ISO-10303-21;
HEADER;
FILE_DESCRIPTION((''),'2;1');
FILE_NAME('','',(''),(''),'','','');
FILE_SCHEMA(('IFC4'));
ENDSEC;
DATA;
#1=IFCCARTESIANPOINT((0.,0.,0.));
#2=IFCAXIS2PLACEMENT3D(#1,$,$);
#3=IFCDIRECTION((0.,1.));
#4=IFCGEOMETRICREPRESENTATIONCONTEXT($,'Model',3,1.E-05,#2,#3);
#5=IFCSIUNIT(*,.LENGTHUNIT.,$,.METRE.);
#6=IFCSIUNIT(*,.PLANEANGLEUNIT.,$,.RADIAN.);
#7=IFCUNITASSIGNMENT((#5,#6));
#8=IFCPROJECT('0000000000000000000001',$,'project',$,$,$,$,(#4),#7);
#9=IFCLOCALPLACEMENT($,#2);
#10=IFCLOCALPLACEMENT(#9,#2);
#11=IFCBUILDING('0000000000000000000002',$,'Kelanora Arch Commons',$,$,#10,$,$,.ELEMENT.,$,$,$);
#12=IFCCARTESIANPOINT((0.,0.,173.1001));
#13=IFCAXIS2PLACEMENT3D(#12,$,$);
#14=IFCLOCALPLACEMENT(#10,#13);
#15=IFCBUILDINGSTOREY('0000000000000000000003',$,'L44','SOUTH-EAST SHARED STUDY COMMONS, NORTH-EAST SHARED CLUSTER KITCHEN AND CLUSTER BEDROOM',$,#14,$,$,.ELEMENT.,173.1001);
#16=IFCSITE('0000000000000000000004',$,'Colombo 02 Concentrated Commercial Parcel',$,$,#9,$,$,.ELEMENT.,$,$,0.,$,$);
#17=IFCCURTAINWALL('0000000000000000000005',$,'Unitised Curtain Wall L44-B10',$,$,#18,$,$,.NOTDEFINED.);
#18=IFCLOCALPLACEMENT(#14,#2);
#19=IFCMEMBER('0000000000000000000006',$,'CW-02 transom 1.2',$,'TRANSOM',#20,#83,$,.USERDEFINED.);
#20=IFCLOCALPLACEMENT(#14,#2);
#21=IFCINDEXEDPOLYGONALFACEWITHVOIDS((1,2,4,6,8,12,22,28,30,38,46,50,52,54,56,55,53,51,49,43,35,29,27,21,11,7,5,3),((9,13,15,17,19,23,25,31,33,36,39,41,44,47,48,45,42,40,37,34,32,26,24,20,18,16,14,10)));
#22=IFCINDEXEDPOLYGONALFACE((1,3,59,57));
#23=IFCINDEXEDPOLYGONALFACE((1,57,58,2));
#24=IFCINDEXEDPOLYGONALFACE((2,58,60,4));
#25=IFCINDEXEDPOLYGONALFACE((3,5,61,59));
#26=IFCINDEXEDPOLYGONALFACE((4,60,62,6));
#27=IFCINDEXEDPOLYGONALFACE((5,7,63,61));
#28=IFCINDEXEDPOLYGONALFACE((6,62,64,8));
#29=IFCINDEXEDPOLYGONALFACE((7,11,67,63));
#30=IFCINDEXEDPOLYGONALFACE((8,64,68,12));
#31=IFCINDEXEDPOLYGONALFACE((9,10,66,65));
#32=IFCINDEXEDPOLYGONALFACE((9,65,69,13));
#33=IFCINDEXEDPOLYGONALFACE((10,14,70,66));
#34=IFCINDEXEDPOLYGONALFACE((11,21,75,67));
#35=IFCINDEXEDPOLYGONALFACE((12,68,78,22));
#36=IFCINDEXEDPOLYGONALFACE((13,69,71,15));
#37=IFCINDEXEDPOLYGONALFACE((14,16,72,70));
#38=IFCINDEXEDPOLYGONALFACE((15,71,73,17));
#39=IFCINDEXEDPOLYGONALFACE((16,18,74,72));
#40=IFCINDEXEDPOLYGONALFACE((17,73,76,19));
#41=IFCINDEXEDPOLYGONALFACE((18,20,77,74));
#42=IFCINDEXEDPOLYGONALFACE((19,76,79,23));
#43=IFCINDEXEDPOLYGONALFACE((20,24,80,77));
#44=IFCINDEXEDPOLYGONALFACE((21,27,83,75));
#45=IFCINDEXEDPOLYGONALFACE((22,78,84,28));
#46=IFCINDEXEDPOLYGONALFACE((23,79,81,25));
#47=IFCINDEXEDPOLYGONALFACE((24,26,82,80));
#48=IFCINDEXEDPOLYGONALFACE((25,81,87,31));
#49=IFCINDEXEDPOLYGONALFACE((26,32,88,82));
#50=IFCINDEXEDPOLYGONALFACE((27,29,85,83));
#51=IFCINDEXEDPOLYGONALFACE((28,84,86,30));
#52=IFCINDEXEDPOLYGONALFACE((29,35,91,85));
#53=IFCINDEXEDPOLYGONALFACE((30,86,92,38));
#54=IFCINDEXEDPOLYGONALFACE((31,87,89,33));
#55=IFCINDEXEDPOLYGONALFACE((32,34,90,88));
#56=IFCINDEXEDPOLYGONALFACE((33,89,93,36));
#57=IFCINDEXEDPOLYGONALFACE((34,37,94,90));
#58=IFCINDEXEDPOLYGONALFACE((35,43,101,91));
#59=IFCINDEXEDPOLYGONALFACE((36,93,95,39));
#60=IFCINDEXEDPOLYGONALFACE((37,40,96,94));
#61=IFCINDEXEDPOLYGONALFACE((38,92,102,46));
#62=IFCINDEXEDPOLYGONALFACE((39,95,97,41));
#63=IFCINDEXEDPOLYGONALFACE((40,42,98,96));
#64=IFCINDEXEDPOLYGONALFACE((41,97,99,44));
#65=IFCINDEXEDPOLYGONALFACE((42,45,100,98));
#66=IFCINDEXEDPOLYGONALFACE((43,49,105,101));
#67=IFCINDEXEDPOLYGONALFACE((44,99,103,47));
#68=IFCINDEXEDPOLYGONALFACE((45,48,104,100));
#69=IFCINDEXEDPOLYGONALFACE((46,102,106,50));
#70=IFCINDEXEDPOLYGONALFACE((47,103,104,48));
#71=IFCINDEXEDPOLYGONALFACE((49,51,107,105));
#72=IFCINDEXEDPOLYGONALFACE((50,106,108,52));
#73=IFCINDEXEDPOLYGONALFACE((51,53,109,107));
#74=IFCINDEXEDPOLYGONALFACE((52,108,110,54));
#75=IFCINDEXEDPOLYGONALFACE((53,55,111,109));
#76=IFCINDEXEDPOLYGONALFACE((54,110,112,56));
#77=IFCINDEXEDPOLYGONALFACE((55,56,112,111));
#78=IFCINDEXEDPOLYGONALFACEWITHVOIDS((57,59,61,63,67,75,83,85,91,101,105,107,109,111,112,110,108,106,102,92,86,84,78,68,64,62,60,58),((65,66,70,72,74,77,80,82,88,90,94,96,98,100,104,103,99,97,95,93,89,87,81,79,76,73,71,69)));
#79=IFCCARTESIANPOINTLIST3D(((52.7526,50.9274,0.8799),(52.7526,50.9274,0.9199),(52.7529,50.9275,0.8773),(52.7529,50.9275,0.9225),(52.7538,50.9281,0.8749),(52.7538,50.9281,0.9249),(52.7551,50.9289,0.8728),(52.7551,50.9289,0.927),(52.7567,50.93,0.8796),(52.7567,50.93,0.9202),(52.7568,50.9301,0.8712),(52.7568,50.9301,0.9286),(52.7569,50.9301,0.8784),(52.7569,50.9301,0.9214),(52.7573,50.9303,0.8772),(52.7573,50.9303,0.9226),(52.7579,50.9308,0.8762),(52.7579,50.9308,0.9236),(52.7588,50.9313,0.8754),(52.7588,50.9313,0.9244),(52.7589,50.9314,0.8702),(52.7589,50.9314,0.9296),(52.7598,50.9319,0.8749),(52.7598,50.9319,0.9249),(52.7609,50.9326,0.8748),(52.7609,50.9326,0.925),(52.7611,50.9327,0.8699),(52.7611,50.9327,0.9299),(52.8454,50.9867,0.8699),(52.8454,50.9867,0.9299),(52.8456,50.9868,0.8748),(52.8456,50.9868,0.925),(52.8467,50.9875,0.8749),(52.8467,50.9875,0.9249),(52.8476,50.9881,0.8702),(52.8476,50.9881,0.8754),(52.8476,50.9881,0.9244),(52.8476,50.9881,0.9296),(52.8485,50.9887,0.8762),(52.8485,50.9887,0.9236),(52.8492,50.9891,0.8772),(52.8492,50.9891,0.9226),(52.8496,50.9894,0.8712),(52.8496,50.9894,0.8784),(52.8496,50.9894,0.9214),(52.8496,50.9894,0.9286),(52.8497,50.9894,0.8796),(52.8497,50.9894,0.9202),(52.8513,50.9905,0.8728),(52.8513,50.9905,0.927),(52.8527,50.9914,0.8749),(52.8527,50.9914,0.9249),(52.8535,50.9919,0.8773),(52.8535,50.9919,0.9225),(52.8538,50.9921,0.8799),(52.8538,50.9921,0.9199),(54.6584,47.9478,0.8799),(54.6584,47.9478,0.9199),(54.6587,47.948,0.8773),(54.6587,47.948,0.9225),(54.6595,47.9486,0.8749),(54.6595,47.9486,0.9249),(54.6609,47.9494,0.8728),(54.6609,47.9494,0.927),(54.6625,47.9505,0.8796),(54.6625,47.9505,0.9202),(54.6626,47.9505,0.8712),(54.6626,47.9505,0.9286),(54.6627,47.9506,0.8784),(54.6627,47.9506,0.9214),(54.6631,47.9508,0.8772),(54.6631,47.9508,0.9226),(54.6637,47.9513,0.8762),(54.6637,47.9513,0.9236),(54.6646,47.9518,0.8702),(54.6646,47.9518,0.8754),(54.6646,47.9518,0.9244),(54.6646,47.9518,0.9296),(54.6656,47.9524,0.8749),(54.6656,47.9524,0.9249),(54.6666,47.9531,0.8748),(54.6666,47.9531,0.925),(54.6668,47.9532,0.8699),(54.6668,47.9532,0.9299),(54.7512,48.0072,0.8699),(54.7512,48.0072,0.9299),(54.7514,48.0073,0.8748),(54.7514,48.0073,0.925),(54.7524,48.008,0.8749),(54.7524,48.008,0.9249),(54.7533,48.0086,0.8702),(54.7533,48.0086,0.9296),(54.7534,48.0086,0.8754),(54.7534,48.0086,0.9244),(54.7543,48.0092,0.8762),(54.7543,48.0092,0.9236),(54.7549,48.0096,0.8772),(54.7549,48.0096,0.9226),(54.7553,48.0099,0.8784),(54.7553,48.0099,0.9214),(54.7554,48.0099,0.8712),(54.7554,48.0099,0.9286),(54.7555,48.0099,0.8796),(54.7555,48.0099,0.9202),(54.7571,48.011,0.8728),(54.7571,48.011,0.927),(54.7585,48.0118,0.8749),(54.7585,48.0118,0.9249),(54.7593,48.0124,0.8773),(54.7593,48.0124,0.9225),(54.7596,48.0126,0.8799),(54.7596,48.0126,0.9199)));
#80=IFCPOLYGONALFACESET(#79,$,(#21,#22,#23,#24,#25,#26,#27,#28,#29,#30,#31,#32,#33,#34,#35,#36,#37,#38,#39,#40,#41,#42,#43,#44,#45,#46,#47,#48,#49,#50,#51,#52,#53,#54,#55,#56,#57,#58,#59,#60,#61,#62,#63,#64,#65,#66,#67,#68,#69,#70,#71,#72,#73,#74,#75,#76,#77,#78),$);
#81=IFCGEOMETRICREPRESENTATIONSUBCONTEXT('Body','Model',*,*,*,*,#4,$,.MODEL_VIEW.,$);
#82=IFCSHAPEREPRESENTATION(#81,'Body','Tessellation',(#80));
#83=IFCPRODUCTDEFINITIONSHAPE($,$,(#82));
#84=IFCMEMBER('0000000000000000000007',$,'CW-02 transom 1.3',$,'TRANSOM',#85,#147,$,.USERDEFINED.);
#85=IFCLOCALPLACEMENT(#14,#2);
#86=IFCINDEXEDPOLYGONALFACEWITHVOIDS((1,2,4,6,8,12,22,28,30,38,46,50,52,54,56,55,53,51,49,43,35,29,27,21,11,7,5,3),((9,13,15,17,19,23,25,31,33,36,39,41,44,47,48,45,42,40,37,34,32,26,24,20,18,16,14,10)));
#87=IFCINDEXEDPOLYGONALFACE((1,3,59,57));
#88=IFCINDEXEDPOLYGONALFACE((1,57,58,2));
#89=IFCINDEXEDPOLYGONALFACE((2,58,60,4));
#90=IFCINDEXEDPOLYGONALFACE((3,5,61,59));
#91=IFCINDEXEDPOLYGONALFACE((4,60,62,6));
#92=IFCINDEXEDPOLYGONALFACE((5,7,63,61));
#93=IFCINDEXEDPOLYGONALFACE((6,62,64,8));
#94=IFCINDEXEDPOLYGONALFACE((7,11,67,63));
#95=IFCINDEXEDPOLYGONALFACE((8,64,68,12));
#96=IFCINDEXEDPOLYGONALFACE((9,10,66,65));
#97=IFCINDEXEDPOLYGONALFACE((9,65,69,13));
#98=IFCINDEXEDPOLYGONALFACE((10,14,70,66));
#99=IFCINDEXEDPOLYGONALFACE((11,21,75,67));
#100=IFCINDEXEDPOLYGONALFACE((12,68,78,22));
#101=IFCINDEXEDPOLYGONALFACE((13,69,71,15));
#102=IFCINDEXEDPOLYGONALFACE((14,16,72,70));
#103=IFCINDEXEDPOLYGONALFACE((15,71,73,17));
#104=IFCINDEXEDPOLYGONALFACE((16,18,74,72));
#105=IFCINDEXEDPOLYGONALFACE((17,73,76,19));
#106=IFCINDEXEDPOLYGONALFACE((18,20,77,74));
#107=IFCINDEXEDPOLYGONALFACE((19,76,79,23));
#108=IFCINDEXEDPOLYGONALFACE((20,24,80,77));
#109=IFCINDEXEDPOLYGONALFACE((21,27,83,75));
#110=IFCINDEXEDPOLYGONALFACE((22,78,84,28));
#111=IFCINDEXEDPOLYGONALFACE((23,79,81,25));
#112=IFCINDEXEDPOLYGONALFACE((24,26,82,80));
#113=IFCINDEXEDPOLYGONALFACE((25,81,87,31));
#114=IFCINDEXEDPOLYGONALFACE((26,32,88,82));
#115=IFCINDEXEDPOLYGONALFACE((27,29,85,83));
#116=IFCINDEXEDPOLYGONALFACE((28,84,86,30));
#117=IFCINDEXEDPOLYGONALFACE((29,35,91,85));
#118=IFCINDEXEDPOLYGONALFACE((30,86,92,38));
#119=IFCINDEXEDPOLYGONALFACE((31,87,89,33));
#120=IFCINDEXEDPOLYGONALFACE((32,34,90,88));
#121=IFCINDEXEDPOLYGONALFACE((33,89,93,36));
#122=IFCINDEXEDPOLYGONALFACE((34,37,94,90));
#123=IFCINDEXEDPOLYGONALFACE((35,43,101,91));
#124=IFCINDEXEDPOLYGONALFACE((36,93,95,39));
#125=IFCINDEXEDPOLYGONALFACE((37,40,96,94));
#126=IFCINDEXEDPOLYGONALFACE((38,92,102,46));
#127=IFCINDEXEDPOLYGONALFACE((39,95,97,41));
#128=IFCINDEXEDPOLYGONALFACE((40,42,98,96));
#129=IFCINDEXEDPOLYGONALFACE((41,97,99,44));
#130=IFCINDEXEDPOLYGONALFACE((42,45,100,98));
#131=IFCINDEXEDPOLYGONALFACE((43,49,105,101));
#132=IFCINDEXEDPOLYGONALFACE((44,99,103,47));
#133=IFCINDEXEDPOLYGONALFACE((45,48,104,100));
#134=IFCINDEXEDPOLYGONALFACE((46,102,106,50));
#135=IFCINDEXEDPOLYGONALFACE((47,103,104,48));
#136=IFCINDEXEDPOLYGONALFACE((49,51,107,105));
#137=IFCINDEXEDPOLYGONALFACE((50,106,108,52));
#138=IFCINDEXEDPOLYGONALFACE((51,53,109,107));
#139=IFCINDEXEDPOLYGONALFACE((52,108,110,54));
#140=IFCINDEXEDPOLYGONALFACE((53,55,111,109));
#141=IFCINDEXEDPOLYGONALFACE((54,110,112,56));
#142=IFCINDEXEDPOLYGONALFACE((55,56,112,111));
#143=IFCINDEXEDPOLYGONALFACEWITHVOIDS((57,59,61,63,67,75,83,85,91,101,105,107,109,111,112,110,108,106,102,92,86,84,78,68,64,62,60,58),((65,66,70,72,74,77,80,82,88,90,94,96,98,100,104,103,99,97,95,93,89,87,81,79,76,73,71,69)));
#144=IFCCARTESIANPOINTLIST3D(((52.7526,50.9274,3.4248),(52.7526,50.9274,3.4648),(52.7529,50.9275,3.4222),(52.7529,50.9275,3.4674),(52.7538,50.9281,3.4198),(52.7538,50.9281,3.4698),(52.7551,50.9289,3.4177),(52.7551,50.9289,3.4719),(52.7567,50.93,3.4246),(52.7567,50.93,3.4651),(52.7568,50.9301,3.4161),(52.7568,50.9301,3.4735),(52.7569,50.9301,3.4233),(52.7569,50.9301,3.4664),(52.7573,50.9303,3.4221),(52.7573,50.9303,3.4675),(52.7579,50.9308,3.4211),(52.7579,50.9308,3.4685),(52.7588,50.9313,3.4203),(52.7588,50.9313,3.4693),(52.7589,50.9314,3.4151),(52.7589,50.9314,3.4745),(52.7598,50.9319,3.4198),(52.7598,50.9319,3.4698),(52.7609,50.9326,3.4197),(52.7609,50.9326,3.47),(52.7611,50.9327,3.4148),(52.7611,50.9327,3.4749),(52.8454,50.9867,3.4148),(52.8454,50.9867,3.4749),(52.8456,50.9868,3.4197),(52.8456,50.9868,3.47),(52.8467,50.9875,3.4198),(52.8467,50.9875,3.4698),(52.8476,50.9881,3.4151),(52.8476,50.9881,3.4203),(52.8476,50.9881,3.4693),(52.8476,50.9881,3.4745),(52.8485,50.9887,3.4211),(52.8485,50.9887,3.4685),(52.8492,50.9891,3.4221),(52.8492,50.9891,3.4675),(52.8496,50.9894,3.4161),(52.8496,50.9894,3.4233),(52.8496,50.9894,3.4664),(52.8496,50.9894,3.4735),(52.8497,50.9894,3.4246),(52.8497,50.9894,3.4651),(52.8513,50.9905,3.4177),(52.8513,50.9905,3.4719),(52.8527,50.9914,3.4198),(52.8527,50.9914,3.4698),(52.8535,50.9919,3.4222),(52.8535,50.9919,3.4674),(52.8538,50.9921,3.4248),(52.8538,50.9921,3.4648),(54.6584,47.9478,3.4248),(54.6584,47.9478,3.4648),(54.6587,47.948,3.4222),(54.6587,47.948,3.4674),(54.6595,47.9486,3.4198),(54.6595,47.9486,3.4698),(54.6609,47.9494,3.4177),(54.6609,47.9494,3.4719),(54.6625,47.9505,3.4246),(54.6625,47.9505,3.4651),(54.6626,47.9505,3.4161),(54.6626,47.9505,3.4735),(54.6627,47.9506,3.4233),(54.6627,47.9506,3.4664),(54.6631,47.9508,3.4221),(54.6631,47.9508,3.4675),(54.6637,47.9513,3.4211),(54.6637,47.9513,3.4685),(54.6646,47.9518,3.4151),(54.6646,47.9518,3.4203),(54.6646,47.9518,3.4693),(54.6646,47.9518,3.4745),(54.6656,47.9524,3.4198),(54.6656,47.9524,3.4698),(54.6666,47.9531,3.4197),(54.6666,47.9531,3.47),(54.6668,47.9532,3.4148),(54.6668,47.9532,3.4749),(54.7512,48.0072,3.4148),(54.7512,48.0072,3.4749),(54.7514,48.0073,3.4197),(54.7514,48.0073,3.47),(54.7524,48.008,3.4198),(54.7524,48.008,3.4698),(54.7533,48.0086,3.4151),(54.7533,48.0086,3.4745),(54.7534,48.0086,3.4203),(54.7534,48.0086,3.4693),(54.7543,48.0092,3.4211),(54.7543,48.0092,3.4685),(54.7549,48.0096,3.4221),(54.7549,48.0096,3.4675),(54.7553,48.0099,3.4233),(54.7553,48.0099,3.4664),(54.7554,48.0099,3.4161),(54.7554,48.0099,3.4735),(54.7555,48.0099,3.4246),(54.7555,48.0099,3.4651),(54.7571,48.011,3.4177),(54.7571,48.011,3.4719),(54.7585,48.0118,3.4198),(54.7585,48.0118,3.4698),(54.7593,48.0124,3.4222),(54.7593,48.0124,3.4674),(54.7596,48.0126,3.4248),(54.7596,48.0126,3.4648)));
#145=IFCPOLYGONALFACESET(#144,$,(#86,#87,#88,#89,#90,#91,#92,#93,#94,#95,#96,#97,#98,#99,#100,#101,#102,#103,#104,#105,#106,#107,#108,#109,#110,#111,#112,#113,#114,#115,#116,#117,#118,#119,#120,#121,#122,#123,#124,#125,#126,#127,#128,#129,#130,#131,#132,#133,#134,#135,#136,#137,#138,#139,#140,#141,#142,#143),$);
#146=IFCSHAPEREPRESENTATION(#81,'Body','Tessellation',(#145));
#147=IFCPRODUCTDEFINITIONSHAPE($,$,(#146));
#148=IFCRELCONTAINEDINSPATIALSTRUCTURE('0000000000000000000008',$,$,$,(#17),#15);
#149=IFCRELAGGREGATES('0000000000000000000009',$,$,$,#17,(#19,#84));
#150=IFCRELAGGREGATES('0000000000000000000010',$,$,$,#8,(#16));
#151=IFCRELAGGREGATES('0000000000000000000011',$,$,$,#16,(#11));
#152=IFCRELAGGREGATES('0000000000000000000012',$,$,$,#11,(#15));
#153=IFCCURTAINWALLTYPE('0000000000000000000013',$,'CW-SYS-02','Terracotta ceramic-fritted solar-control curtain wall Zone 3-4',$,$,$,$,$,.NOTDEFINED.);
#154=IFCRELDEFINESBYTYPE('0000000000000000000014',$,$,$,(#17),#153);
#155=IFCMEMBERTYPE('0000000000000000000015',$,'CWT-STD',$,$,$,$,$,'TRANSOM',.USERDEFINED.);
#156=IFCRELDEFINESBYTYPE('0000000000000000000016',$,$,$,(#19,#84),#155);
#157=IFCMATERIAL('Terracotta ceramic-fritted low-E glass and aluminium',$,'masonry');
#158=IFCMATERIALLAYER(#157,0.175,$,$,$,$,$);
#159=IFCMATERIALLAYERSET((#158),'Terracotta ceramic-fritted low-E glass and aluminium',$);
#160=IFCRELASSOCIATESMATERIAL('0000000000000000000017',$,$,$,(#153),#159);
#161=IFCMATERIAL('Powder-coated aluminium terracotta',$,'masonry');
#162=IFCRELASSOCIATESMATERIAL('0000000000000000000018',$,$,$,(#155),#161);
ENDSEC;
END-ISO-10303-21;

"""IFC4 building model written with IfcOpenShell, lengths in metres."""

from ifc_helpers import new_model, si_unit, direction, frame, origin, origin_2d, place, context, subcontext, project, spatial, hollow_rectangle, extrude, material, layer, layer_set, material_profile, profile_set, type_object, element, aggregate, save


model = new_model("IFC4")

# Units and contexts
model_context = context("Model", 3, precision=1e-05, world=origin(), true_north=direction((0.0, 1.0)))
body_context = subcontext(model_context, "Body", "Model", "MODEL_VIEW")
ifc_project = project(units=[si_unit("LENGTHUNIT", "METRE"), si_unit("PLANEANGLEUNIT", "RADIAN")], contexts=[model_context])

# Site, building, storey
site_placement = place(None, origin())
site = spatial("IfcSite", under=ifc_project, at=site_placement, Name="Colombo 02 Concentrated Commercial Parcel", CompositionType="ELEMENT", RefElevation=0.0)
building_placement = place(site_placement, origin())
building = spatial("IfcBuilding", under=site, at=building_placement, Name="Kelanora Arch Commons", CompositionType="ELEMENT")
storey_placement = place(building_placement, frame((0.0, 0.0, 173.1001)))
storey = spatial("IfcBuildingStorey", under=building, at=storey_placement, Name="L44", Description="SOUTH-EAST SHARED STUDY COMMONS, NORTH-EAST SHARED CLUSTER KITCHEN AND CLUSTER BEDROOM", CompositionType="ELEMENT", Elevation=173.1001)

# Shared definitions
ifc_material_1 = material(Name="Terracotta ceramic-fritted low-E glass and aluminium", Category="masonry")
ifc_layer_1 = layer(ifc_material_1, 0.175)
ifc_layer_set_1 = layer_set([ifc_layer_1], Name="Terracotta ceramic-fritted low-E glass and aluminium")
curtain_wall_type = type_object("IfcCurtainWallType", Name="CW-SYS-02", Description="Terracotta ceramic-fritted solar-control curtain wall Zone 3-4", PredefinedType="NOTDEFINED", material=ifc_layer_set_1)
ifc_material_2 = material(Name="Powder-coated aluminium terracotta", Category="masonry")

# Curtain wall, members
curtain_wall_1_placement = place(storey_placement, origin())
curtain_wall_1 = element("IfcCurtainWall", 1, at=curtain_wall_1_placement, inside=storey, type_object=curtain_wall_type, Name="Unitised Curtain Wall L44-B10", PredefinedType="NOTDEFINED")
ifc_material_profile_1 = material_profile(ifc_material_2, hollow_rectangle(XDim=0.1201, YDim=0.0601, WallThickness=0.0049, InnerFilletRadius=0.0049, OuterFilletRadius=0.01, at=origin_2d()), Name="CWT120x60")
ifc_profile_set_1 = profile_set([ifc_material_profile_1], Name="Powder-coated aluminium terracotta")
member_type_1 = type_object("IfcMemberType", Name="CWT-STD", ElementType="TRANSOM", PredefinedType="USERDEFINED", material=ifc_profile_set_1)
member_1_placement = place(storey_placement, frame((52.8032, 50.9597, 0.8999), z_axis=(0.53883, -0.842414, 0.0), x_axis=(0.842414, 0.53883, 0.0)))
member_1 = element("IfcMember", 2, at=member_1_placement, type_object=member_type_1, Name="CW-02 transom 1.2", ObjectType="TRANSOM", PredefinedType="USERDEFINED", context=body_context, shape_type="SweptSolid", body=[
    extrude(hollow_rectangle(XDim=0.1201, YDim=0.0601, WallThickness=0.0049, InnerFilletRadius=0.0049, OuterFilletRadius=0.01, at=origin_2d()), origin(), (0.0, 0.0, 1.0), 3.5369),
])
member_2_placement = place(storey_placement, frame((52.8032, 50.9597, 3.4448), z_axis=(0.53883, -0.842414, 0.0), x_axis=(0.842414, 0.53883, 0.0)))
member_2 = element("IfcMember", 3, at=member_2_placement, type_object=member_type_1, Name="CW-02 transom 1.3", ObjectType="TRANSOM", PredefinedType="USERDEFINED", context=body_context, shape_type="SweptSolid", body=[
    extrude(hollow_rectangle(XDim=0.1201, YDim=0.0601, WallThickness=0.0049, InnerFilletRadius=0.0049, OuterFilletRadius=0.01, at=origin_2d()), origin(), (0.0, 0.0, 1.0), 3.5369),
])

aggregate(curtain_wall_1, [member_1, member_2])

save(model, "model.ifc")
